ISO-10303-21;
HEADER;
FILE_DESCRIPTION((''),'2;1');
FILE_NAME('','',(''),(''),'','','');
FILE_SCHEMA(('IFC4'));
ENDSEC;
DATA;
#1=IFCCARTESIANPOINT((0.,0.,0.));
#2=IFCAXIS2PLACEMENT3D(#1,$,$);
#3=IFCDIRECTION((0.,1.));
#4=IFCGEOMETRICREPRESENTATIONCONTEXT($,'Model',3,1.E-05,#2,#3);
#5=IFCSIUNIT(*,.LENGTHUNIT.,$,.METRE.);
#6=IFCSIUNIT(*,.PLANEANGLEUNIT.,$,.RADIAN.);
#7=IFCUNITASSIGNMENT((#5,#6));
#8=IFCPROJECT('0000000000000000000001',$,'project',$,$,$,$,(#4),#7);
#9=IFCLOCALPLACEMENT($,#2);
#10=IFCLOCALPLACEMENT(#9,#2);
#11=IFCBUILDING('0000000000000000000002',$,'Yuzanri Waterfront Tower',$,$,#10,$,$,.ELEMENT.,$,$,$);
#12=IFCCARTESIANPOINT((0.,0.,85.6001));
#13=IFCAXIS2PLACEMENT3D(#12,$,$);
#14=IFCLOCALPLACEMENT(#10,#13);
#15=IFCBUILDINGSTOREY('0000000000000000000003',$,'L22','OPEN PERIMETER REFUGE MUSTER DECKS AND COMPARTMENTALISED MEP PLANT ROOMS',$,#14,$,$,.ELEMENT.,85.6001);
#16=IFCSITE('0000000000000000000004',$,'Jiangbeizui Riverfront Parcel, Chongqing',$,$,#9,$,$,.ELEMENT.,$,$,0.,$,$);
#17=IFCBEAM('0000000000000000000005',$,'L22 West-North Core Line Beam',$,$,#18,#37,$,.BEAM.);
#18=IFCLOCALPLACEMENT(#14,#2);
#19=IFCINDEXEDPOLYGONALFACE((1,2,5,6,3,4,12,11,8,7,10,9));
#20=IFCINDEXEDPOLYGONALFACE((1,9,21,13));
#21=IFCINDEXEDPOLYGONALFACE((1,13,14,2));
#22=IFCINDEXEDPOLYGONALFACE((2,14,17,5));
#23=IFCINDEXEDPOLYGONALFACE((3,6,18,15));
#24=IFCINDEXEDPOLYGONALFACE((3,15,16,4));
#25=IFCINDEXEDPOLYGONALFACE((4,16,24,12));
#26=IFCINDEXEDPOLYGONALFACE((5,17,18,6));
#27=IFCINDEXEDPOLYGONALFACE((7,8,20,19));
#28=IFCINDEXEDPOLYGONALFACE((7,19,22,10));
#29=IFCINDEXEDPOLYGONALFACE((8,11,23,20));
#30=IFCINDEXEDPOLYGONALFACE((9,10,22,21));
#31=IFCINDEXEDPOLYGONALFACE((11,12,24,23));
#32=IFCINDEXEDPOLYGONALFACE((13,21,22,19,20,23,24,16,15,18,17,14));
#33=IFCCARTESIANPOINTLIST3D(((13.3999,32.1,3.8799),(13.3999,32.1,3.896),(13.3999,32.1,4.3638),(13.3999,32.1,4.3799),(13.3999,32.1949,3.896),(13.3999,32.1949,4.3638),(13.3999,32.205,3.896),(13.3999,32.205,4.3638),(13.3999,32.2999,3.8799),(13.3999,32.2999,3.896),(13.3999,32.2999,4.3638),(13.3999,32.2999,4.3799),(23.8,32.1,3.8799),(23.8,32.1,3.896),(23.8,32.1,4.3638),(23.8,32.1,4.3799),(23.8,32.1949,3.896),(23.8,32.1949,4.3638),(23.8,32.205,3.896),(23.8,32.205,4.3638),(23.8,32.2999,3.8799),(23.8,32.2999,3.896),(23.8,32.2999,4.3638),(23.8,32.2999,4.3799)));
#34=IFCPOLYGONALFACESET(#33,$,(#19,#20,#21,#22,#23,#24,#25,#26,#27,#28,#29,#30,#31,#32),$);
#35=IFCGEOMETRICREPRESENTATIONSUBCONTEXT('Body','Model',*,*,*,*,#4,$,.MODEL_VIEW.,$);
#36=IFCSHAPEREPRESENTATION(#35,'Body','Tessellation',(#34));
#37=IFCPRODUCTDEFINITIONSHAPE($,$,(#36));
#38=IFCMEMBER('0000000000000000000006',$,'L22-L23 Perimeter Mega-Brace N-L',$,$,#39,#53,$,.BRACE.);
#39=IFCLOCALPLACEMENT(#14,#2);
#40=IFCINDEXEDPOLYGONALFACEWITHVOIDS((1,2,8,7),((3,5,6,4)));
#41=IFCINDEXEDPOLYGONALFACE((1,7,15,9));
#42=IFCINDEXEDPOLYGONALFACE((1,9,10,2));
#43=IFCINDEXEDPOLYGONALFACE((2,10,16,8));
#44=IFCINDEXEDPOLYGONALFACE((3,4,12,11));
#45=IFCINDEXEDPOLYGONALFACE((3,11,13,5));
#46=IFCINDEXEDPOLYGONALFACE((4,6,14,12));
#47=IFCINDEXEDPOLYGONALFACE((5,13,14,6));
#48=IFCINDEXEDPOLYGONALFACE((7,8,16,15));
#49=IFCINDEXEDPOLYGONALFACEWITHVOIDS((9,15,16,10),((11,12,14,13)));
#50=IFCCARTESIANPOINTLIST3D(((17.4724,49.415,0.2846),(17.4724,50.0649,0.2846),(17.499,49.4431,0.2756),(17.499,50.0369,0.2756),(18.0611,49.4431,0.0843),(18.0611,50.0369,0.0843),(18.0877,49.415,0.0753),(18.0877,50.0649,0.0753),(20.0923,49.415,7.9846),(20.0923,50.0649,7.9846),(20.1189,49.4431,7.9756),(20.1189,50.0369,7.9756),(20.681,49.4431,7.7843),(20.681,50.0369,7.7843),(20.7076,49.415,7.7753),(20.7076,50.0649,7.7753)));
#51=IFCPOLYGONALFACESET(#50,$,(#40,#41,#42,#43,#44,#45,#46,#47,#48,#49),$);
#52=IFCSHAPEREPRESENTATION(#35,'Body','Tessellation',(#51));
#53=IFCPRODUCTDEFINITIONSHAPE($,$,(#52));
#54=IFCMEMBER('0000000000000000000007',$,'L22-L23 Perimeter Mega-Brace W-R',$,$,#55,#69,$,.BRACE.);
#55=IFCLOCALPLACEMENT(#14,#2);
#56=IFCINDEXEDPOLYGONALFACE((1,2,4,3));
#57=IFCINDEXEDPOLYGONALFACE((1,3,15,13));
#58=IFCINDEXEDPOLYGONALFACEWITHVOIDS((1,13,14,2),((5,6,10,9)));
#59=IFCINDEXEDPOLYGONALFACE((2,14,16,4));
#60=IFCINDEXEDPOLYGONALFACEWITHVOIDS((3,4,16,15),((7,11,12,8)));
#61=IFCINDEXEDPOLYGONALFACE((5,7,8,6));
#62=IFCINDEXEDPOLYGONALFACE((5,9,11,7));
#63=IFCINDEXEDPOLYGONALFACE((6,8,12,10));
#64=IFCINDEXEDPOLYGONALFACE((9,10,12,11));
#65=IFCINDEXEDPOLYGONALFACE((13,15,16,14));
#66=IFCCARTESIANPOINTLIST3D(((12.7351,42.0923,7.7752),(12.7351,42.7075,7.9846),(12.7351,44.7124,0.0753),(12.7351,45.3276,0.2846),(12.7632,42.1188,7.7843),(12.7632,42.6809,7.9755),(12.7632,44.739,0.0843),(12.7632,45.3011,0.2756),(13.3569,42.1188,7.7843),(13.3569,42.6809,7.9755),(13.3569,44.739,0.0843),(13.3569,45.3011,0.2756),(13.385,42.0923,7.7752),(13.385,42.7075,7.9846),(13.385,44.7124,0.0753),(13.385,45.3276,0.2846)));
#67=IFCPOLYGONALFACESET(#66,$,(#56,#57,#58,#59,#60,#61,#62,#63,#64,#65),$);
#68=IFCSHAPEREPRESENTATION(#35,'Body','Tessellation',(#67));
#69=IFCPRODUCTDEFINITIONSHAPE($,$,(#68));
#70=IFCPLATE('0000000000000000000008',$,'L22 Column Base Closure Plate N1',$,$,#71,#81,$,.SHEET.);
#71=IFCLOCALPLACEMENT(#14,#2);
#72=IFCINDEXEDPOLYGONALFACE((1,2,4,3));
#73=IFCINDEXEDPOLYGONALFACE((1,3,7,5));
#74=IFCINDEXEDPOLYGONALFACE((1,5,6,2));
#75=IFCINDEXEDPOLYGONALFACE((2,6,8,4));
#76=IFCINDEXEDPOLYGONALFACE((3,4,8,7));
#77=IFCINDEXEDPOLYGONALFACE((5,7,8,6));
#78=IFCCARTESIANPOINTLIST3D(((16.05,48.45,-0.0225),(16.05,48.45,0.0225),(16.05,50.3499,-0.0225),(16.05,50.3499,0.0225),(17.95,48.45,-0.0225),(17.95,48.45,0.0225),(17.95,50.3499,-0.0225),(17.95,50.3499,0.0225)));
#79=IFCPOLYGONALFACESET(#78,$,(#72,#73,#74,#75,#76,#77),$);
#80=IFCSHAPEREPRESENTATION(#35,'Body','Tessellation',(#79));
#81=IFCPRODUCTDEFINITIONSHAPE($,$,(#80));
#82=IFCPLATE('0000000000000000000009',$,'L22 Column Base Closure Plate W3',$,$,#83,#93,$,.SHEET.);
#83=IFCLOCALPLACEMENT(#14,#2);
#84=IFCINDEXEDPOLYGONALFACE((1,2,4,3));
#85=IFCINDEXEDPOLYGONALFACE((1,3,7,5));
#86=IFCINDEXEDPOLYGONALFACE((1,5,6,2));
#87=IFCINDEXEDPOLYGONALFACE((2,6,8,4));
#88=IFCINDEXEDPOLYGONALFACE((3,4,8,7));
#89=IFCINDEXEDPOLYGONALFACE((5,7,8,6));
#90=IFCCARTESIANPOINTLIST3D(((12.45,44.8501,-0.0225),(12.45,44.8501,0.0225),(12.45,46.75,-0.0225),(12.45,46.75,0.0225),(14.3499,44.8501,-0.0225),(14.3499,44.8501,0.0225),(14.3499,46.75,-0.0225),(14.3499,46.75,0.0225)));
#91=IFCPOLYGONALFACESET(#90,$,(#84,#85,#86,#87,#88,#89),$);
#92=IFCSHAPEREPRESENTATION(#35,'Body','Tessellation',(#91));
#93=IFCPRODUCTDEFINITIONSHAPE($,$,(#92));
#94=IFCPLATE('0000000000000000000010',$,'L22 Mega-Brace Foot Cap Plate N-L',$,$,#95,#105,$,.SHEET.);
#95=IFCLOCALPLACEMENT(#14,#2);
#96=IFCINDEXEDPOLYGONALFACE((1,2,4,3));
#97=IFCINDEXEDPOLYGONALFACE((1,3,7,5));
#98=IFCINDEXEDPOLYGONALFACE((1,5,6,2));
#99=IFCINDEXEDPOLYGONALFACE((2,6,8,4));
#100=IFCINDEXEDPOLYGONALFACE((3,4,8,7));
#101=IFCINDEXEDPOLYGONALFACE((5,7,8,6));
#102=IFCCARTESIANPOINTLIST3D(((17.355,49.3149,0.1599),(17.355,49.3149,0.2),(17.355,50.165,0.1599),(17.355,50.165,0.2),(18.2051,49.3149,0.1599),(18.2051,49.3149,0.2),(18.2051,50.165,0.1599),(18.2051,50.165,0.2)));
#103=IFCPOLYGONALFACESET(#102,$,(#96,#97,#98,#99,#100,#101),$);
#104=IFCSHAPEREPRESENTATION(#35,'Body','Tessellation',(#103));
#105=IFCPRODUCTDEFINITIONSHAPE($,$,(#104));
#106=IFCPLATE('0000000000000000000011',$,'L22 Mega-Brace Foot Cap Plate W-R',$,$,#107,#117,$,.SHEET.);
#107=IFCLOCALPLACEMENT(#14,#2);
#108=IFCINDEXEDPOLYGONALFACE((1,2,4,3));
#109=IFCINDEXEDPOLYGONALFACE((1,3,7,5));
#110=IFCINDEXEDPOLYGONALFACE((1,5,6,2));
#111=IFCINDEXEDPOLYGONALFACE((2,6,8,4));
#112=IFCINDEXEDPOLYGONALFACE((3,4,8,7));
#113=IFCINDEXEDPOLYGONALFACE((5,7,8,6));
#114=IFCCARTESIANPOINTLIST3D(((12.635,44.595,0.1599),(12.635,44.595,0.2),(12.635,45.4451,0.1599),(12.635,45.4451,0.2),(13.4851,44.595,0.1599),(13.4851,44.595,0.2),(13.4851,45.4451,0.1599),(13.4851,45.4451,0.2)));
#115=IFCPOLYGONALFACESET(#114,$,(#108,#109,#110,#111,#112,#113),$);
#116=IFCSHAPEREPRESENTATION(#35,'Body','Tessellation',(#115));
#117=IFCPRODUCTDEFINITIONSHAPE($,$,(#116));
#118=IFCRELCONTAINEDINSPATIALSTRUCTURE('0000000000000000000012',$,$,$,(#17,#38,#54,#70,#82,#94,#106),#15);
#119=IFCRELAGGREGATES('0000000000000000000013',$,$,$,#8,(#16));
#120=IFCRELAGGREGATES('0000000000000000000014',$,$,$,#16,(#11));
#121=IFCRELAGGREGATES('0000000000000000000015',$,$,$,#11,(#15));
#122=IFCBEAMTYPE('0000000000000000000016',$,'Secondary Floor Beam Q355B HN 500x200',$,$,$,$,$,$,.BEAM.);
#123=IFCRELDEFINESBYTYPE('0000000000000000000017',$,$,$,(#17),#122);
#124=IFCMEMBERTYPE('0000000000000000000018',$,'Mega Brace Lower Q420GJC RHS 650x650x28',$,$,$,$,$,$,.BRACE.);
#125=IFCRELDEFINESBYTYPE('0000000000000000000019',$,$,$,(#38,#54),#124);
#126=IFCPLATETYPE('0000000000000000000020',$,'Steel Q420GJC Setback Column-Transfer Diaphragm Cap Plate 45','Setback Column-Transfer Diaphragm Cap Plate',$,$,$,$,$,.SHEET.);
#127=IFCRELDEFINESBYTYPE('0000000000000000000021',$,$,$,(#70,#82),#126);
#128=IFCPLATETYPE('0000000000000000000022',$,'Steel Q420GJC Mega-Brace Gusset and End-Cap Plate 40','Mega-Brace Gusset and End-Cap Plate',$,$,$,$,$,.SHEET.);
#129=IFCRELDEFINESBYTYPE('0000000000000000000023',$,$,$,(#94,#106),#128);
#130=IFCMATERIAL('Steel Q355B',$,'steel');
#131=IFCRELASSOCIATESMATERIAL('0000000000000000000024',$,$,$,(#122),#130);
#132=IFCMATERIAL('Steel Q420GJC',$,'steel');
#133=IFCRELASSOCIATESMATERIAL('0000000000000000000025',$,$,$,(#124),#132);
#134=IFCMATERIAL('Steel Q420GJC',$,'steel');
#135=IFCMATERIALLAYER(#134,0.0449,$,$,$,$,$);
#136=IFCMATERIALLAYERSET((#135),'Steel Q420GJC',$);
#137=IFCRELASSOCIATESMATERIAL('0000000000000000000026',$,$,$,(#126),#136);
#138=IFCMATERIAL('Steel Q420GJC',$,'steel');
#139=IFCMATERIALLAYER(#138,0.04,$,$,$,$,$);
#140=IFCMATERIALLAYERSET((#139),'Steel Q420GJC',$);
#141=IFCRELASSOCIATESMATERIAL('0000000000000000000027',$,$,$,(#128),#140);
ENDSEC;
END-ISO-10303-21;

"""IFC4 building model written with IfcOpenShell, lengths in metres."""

from ifc_helpers import new_model, si_unit, direction, frame, origin, origin_2d, place, context, subcontext, project, spatial, rectangle, hollow_rectangle, i_section, extrude, source, transform, mapped, material, layer, layer_set, material_profile, profile_set, type_object, element, save


model = new_model("IFC4")

# Units and contexts
model_context = context("Model", 3, precision=1e-05, world=origin(), true_north=direction((0.0, 1.0)))
body_context = subcontext(model_context, "Body", "Model", "MODEL_VIEW")
ifc_project = project(units=[si_unit("LENGTHUNIT", "METRE"), si_unit("PLANEANGLEUNIT", "RADIAN")], contexts=[model_context])

# Site, building, storey
site_placement = place(None, origin())
site = spatial("IfcSite", under=ifc_project, at=site_placement, Name="Jiangbeizui Riverfront Parcel, Chongqing", CompositionType="ELEMENT", RefElevation=0.0)
building_placement = place(site_placement, origin())
building = spatial("IfcBuilding", under=site, at=building_placement, Name="Yuzanri Waterfront Tower", CompositionType="ELEMENT")
storey_placement = place(building_placement, frame((0.0, 0.0, 85.6001)))
storey = spatial("IfcBuildingStorey", under=building, at=storey_placement, Name="L22", Description="OPEN PERIMETER REFUGE MUSTER DECKS AND COMPARTMENTALISED MEP PLANT ROOMS", CompositionType="ELEMENT", Elevation=85.6001)

# Beam
ifc_material_1 = material(Name="Steel Q355B", Category="steel")
ifc_material_profile_1 = material_profile(ifc_material_1, i_section(OverallWidth=0.2, OverallDepth=0.5, WebThickness=0.01, FlangeThickness=0.0161, at=origin_2d()), Name="HN 500x200x10x16")
ifc_profile_set_1 = profile_set([ifc_material_profile_1], Name="Steel Q355B")
beam_type_1 = type_object("IfcBeamType", Name="Secondary Floor Beam Q355B HN 500x200", PredefinedType="BEAM", material=ifc_profile_set_1)
shared_shape_1 = source(origin(), body_context, "Body", "SweptSolid", [
    extrude(i_section(OverallWidth=0.2, OverallDepth=0.5, WebThickness=0.01, FlangeThickness=0.0161, at=origin_2d()), origin(), (0.0, 0.0, 1.0), 10.4001),
])
beam_1_placement = place(storey_placement, frame((23.8, 32.2, 4.1299), z_axis=(-1.0, 0.0, 0.0), x_axis=(0.0, -1.0, 0.0)))
element("IfcBeam", 1, at=beam_1_placement, inside=storey, type_object=beam_type_1, Name="L22 West-North Core Line Beam", PredefinedType="BEAM", context=body_context, shape_type="MappedRepresentation", body=[
    mapped(shared_shape_1, transform((0.0, 0.0, 0.0), scale=1.0)),
])

# Members
ifc_material_2 = material(Name="Steel Q420GJC", Category="steel")
ifc_material_profile_2 = material_profile(ifc_material_2, hollow_rectangle(XDim=0.6499, YDim=0.6499, WallThickness=0.0281, at=origin_2d()), Name="RHS 650x650x28")
ifc_profile_set_2 = profile_set([ifc_material_profile_2], Name="Steel Q420GJC")
member_type = type_object("IfcMemberType", Name="Mega Brace Lower Q420GJC RHS 650x650x28", PredefinedType="BRACE", material=ifc_profile_set_2)
shared_shape_2 = source(origin(), body_context, "Body", "SweptSolid", [
    extrude(hollow_rectangle(XDim=0.6499, YDim=0.6499, WallThickness=0.0281, at=origin_2d()), origin(), (0.0, 0.0, 1.0), 8.1335),
])
for number, where, z_axis, x_axis, name in (
    (2, (17.78, 49.74, 0.1799), (0.322111, 0.0, 0.946702), (0.0, 1.0, 0.0), "L22-L23 Perimeter Mega-Brace N-L"),
    (3, (13.0601, 45.02, 0.1799), (0.0, -0.322138, 0.946693), (1.0, 0.0, 0.0), "L22-L23 Perimeter Mega-Brace W-R"),
):
    element("IfcMember", number, at=place(storey_placement, frame(where, z_axis=z_axis, x_axis=x_axis)), inside=storey, type_object=member_type, Name=name, PredefinedType="BRACE", context=body_context, shape_type="MappedRepresentation", body=[
        mapped(shared_shape_2, transform((0.0, 0.0, 0.0), scale=1.0)),
    ])

# Plates
ifc_material_3 = material(Name="Steel Q420GJC", Category="steel")
ifc_layer_1 = layer(ifc_material_3, 0.0449)
ifc_layer_set_1 = layer_set([ifc_layer_1], Name="Steel Q420GJC")
plate_type_1 = type_object("IfcPlateType", Name="Steel Q420GJC Setback Column-Transfer Diaphragm Cap Plate 45", Description="Setback Column-Transfer Diaphragm Cap Plate", PredefinedType="SHEET", material=ifc_layer_set_1)
shared_shape_3 = source(origin(), body_context, "Body", "SweptSolid", [
    extrude(rectangle(XDim=1.8999, YDim=1.8999, at=origin_2d()), origin(), (0.0, 0.0, 1.0), 0.0449),
])
for number, where, z_axis, x_axis, name in (
    (4, (17.0, 49.3999, -0.0225), (0.0, 0.0, 1.0), (1.0, 0.0, 0.0), "L22 Column Base Closure Plate N1"),
    (5, (13.3999, 45.8, -0.0225), (0.0, 0.0, 1.0), (1.0, 0.0, 0.0), "L22 Column Base Closure Plate W3"),
):
    element("IfcPlate", number, at=place(storey_placement, frame(where, z_axis=z_axis, x_axis=x_axis)), inside=storey, type_object=plate_type_1, Name=name, PredefinedType="SHEET", context=body_context, shape_type="MappedRepresentation", body=[
        mapped(shared_shape_3, transform((0.0, 0.0, 0.0), scale=1.0)),
    ])
ifc_material_4 = material(Name="Steel Q420GJC", Category="steel")
ifc_layer_2 = layer(ifc_material_4, 0.04)
ifc_layer_set_2 = layer_set([ifc_layer_2], Name="Steel Q420GJC")
plate_type_2 = type_object("IfcPlateType", Name="Steel Q420GJC Mega-Brace Gusset and End-Cap Plate 40", Description="Mega-Brace Gusset and End-Cap Plate", PredefinedType="SHEET", material=ifc_layer_set_2)
shared_shape_4 = source(origin(), body_context, "Body", "SweptSolid", [
    extrude(rectangle(XDim=0.8501, YDim=0.8501, at=origin_2d()), origin(), (0.0, 0.0, 1.0), 0.04),
])
for number, where, z_axis, x_axis, name in (
    (6, (17.78, 49.74, 0.1599), (0.0, 0.0, 1.0), (1.0, 0.0, 0.0), "L22 Mega-Brace Foot Cap Plate N-L"),
    (7, (13.0601, 45.02, 0.1599), (0.0, 0.0, 1.0), (1.0, 0.0, 0.0), "L22 Mega-Brace Foot Cap Plate W-R"),
):
    element("IfcPlate", number, at=place(storey_placement, frame(where, z_axis=z_axis, x_axis=x_axis)), inside=storey, type_object=plate_type_2, Name=name, PredefinedType="SHEET", context=body_context, shape_type="MappedRepresentation", body=[
        mapped(shared_shape_4, transform((0.0, 0.0, 0.0), scale=1.0)),
    ])

save(model, "model.ifc")
